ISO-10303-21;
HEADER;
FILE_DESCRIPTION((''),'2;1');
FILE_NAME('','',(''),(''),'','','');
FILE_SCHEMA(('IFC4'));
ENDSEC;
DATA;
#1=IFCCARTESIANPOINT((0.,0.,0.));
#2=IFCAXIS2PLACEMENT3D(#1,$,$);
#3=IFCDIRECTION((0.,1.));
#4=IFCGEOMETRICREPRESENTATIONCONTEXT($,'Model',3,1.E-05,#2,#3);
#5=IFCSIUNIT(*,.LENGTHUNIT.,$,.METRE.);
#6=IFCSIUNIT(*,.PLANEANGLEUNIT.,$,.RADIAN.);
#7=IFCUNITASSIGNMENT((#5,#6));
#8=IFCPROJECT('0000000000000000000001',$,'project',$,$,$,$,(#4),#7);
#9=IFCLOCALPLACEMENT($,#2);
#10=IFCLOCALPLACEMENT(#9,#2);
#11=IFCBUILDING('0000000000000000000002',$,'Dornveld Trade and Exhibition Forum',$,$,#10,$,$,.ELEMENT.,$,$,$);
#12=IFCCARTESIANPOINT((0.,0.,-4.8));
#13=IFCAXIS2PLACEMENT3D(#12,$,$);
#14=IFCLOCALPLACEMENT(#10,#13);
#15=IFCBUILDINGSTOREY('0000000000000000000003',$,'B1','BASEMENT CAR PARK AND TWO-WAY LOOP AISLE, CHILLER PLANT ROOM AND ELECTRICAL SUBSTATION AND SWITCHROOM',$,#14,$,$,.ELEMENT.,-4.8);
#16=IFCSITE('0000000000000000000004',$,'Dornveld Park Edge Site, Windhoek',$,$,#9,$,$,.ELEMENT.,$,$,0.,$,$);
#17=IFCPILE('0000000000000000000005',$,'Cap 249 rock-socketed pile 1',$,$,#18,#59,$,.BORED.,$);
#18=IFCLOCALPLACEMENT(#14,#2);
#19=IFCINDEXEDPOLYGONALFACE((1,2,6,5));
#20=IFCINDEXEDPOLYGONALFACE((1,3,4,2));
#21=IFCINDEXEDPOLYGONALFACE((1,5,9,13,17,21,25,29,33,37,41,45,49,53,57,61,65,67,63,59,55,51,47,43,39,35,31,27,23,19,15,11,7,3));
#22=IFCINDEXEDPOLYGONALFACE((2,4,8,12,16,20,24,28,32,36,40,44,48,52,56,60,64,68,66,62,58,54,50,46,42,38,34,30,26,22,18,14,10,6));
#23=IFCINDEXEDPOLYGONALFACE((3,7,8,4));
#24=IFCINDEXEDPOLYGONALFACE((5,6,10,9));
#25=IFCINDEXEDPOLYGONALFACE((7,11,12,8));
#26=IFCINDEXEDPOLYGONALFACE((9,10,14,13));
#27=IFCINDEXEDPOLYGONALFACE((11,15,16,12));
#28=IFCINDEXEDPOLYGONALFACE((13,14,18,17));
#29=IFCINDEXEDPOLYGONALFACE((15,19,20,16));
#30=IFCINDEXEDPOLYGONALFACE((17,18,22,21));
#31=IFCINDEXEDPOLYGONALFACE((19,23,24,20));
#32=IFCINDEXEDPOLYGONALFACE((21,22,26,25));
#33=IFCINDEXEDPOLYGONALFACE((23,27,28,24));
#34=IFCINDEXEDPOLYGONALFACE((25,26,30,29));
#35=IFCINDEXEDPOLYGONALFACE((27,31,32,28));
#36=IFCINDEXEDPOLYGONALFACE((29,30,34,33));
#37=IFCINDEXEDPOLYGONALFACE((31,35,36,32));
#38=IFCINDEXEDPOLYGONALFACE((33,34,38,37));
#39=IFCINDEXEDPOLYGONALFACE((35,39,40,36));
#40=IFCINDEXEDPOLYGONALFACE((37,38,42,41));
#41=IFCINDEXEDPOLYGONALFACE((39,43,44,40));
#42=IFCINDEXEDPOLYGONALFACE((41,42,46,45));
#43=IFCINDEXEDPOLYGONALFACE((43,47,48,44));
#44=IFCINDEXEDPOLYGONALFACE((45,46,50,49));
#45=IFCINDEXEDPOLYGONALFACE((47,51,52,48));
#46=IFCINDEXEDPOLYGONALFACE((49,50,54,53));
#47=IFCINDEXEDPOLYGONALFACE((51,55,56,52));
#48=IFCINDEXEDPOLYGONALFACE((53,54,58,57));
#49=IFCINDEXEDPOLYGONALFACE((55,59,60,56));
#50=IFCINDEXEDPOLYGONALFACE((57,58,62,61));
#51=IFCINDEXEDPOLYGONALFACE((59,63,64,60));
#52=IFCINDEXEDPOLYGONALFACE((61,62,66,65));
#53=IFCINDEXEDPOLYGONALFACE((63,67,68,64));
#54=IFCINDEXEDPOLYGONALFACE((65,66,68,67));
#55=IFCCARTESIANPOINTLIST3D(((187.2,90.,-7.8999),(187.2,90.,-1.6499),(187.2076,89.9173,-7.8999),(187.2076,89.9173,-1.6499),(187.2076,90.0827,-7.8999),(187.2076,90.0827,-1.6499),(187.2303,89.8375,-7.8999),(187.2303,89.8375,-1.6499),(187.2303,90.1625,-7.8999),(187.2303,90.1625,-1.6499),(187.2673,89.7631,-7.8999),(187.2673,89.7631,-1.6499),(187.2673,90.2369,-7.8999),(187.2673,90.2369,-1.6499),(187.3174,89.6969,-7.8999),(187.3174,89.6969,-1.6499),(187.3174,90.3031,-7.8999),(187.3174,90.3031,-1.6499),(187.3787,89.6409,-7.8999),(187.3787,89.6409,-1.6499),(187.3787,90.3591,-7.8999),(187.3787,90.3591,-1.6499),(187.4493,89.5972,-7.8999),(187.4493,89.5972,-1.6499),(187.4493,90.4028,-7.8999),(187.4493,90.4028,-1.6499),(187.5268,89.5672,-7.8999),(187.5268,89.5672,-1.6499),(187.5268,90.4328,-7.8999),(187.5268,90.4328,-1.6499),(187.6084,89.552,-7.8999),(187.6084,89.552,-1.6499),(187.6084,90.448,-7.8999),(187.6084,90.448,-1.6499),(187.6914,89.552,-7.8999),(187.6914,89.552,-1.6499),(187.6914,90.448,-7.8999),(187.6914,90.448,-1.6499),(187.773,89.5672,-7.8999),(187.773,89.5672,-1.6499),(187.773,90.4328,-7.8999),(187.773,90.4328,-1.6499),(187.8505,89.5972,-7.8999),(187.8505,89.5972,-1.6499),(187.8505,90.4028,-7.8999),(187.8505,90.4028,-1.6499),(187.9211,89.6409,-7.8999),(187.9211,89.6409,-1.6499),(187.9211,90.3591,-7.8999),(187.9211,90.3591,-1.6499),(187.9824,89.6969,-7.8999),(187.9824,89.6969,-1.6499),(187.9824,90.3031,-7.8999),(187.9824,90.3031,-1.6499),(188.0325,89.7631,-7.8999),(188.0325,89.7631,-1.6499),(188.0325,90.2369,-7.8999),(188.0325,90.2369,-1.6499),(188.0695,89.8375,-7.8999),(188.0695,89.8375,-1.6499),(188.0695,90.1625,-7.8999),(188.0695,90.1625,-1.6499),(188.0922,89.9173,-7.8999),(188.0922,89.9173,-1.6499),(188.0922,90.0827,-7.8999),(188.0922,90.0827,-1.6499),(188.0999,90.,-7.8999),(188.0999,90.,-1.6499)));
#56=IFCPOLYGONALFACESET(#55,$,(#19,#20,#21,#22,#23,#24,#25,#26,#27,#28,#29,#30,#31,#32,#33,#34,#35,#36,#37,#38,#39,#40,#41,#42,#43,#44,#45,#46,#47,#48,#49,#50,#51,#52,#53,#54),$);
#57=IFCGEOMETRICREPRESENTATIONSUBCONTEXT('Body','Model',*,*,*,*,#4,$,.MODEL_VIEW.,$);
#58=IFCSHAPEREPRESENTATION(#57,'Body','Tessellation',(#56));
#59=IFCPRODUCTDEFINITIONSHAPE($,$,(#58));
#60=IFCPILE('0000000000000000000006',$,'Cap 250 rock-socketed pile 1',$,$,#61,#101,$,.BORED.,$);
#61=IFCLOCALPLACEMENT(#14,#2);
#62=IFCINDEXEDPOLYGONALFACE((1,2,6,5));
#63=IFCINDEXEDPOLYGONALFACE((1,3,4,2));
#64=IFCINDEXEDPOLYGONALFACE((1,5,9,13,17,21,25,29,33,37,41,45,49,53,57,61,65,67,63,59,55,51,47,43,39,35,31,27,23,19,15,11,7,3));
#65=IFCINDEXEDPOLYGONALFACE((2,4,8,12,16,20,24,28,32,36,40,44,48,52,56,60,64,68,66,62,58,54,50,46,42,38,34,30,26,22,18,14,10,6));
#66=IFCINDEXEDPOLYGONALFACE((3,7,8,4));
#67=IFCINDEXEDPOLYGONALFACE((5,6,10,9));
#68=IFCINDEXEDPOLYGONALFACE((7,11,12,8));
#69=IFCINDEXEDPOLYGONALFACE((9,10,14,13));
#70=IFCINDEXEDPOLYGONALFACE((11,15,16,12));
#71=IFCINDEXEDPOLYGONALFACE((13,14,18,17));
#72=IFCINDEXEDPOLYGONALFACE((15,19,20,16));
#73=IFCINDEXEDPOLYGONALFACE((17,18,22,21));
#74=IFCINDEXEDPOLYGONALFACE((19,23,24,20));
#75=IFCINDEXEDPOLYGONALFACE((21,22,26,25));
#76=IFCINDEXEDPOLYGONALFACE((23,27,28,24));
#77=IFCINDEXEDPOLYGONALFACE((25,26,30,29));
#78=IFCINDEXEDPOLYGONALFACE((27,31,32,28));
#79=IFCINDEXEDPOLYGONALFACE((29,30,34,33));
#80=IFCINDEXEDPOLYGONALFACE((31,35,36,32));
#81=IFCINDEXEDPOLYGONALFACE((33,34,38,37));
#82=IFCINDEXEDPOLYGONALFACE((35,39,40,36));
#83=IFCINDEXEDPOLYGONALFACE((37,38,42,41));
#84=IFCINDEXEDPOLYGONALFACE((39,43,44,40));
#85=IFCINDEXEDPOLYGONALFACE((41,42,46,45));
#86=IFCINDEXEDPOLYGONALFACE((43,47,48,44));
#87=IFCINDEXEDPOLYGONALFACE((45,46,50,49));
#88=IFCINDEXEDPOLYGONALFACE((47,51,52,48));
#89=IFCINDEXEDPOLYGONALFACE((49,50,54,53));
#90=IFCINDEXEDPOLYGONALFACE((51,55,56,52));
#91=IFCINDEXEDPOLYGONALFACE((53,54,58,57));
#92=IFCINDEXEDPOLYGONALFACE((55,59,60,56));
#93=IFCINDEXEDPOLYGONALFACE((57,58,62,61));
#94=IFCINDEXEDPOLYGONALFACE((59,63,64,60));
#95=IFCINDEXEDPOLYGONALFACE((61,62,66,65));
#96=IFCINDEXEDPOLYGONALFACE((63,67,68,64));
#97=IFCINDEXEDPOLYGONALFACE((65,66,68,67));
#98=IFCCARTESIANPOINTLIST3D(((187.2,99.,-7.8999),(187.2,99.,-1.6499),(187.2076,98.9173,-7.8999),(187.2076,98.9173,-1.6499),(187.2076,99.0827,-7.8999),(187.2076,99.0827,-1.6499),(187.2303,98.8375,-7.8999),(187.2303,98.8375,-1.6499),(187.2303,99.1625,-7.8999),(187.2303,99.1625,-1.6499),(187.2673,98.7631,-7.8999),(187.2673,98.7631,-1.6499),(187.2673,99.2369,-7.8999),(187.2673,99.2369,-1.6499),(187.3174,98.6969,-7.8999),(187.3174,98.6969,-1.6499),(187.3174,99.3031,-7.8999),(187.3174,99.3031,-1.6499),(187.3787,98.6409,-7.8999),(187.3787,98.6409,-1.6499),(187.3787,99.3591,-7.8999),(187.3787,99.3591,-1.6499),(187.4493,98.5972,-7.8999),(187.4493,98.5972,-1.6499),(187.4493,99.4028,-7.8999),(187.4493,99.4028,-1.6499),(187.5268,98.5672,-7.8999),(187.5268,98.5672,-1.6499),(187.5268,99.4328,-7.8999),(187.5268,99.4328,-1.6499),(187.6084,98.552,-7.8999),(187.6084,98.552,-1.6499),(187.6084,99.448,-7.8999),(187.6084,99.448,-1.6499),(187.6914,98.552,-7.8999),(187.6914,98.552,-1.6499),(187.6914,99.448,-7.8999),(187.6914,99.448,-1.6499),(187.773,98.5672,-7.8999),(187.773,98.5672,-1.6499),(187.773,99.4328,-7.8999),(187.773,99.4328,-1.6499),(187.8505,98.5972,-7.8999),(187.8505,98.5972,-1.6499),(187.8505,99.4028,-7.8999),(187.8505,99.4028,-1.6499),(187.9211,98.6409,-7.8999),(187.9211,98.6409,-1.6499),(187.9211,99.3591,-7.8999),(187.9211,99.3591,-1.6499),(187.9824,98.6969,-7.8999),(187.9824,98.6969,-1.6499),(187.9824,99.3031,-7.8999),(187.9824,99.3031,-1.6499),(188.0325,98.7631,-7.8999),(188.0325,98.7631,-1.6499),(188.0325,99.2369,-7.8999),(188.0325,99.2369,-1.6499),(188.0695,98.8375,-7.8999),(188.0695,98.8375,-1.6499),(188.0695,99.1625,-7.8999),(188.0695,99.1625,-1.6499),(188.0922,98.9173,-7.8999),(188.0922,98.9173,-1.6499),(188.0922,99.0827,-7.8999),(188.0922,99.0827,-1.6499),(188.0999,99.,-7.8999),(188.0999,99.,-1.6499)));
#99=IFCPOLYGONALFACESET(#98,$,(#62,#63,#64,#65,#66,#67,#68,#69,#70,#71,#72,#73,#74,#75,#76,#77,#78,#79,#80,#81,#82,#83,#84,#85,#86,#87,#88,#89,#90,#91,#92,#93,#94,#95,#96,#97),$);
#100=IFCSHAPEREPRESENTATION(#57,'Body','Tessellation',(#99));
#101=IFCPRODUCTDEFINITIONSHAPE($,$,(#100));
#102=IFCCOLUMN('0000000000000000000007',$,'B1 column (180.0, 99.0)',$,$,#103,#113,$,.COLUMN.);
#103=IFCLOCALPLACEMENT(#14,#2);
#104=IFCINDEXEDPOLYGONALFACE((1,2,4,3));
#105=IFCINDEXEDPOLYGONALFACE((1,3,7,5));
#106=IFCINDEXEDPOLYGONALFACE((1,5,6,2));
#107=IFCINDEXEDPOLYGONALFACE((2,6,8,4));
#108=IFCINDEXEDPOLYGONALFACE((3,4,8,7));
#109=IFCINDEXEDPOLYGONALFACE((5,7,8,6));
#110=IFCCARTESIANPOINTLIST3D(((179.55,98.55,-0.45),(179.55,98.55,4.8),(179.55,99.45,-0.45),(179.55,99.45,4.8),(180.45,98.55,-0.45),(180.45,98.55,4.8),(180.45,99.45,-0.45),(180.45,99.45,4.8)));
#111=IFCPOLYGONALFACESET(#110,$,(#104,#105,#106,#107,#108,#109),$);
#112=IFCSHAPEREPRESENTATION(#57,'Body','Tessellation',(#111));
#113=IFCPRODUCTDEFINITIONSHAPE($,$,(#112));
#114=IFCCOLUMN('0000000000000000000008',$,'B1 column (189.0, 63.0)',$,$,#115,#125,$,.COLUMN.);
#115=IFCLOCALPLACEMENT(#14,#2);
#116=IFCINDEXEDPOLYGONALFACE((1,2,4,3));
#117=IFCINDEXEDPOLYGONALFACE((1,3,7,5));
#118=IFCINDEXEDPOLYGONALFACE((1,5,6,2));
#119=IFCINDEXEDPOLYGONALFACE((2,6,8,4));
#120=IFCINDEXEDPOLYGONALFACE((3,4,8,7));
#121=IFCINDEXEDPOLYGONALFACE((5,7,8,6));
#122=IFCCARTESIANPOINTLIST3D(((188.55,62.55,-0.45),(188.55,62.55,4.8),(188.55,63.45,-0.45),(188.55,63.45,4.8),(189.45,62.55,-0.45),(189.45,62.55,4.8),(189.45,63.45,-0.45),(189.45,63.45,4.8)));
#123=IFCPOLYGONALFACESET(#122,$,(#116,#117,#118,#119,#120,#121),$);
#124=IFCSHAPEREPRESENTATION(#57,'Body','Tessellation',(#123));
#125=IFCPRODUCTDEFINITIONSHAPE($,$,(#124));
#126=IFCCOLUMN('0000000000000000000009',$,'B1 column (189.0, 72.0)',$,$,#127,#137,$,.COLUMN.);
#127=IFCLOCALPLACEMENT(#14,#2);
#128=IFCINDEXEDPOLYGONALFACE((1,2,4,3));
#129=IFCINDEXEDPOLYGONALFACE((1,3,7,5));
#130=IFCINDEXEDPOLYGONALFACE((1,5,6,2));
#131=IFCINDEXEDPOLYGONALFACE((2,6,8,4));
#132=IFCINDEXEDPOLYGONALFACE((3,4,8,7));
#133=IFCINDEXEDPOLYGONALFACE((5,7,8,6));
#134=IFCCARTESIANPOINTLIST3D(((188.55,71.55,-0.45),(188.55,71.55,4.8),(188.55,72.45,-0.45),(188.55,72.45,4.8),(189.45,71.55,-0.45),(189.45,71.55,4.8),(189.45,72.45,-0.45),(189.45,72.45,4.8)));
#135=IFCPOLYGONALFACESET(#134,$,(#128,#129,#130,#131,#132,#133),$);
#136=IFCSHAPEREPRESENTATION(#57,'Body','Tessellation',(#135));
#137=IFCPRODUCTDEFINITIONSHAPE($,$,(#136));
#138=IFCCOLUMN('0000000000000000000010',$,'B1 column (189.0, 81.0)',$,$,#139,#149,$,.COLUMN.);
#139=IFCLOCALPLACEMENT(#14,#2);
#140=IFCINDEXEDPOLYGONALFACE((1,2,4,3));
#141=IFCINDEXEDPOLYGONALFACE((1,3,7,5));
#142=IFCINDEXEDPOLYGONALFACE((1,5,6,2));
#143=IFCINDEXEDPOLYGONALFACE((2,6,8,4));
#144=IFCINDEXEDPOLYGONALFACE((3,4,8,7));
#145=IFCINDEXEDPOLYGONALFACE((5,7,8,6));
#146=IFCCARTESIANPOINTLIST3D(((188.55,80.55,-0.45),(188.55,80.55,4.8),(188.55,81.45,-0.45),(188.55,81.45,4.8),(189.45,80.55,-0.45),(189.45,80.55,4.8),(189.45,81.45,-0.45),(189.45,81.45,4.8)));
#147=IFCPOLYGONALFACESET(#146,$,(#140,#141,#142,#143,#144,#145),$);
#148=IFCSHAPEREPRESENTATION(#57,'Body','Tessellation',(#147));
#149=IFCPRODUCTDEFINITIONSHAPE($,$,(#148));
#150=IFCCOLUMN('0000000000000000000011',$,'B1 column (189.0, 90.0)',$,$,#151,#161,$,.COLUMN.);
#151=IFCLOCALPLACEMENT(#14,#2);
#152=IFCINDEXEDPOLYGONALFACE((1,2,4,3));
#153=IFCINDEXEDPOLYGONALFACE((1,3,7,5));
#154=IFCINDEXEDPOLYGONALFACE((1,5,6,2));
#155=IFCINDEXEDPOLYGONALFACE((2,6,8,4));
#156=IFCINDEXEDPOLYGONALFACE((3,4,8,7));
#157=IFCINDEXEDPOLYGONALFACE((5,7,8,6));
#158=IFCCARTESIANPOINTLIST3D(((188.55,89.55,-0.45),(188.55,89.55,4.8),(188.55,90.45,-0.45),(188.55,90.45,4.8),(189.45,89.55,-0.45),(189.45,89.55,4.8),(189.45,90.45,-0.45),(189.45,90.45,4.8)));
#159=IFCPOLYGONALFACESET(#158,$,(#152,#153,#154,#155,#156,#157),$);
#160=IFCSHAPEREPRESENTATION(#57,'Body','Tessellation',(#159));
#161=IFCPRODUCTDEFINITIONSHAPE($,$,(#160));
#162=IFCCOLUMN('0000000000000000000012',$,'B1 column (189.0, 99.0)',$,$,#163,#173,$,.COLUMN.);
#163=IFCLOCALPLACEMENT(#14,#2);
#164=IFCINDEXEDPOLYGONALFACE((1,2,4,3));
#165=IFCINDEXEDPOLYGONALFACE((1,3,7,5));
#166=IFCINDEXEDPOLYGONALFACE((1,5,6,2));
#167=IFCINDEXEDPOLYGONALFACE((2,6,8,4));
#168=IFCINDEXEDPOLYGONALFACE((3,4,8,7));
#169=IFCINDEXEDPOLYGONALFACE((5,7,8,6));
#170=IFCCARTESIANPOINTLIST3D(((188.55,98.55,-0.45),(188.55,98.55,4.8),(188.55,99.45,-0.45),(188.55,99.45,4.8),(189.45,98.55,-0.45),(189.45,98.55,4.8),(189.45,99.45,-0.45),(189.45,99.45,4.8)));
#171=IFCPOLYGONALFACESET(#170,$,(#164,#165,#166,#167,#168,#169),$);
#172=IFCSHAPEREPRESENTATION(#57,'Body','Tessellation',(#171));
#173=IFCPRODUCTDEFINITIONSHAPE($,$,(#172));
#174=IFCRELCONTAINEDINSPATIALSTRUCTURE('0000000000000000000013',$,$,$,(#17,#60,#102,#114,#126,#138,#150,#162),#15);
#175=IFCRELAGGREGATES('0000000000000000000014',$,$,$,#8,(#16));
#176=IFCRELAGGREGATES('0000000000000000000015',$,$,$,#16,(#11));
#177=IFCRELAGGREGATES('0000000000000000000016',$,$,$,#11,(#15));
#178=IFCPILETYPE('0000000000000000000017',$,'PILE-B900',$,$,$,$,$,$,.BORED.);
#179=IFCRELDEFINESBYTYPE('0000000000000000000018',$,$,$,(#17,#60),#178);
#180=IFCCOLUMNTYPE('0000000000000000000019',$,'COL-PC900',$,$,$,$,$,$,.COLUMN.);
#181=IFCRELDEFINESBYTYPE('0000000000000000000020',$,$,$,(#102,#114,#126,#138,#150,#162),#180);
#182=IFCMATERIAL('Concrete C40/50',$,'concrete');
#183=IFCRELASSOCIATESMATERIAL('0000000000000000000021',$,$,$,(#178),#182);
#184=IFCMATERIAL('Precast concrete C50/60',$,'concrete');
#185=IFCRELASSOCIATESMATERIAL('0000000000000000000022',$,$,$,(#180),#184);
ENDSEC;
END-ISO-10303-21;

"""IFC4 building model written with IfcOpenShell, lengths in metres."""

from ifc_helpers import new_model, si_unit, direction, frame, origin, origin_2d, place, context, subcontext, project, spatial, rectangle, circle, extrude, material, material_profile, profile_set, type_object, element, save


model = new_model("IFC4")

# Units and contexts
model_context = context("Model", 3, precision=1e-05, world=origin(), true_north=direction((0.0, 1.0)))
body_context = subcontext(model_context, "Body", "Model", "MODEL_VIEW")
ifc_project = project(units=[si_unit("LENGTHUNIT", "METRE"), si_unit("PLANEANGLEUNIT", "RADIAN")], contexts=[model_context])

# Site, building, storey
site_placement = place(None, origin())
site = spatial("IfcSite", under=ifc_project, at=site_placement, Name="Dornveld Park Edge Site, Windhoek", CompositionType="ELEMENT", RefElevation=0.0)
building_placement = place(site_placement, origin())
building = spatial("IfcBuilding", under=site, at=building_placement, Name="Dornveld Trade and Exhibition Forum", CompositionType="ELEMENT")
storey_placement = place(building_placement, frame((0.0, 0.0, -4.8)))
storey = spatial("IfcBuildingStorey", under=building, at=storey_placement, Name="B1", Description="BASEMENT CAR PARK AND TWO-WAY LOOP AISLE, CHILLER PLANT ROOM AND ELECTRICAL SUBSTATION AND SWITCHROOM", CompositionType="ELEMENT", Elevation=-4.8)

# Piles
ifc_material_1 = material(Name="Concrete C40/50", Category="concrete")
ifc_material_profile_1 = material_profile(ifc_material_1, circle(Radius=0.45, at=origin_2d()), Name="PILE D900")
ifc_profile_set_1 = profile_set([ifc_material_profile_1], Name="Concrete C40/50")
pile_type = type_object("IfcPileType", Name="PILE-B900", PredefinedType="BORED", material=ifc_profile_set_1)
for number, where, z_axis, x_axis, name in (
    (1, (187.6499, 90.0, -1.6499), (0.0, 0.0, -1.0), (1.0, 0.0, 0.0), "Cap 249 rock-socketed pile 1"),
    (2, (187.6499, 99.0, -1.6499), (0.0, 0.0, -1.0), (1.0, 0.0, 0.0), "Cap 250 rock-socketed pile 1"),
):
    element("IfcPile", number, at=place(storey_placement, frame(where, z_axis=z_axis, x_axis=x_axis)), inside=storey, type_object=pile_type, Name=name, PredefinedType="BORED", context=body_context, shape_type="SweptSolid", body=[
        extrude(circle(Radius=0.45, at=origin_2d()), origin(), (0.0, 0.0, 1.0), 6.25),
    ])

# Columns
ifc_material_2 = material(Name="Precast concrete C50/60", Category="concrete")
ifc_material_profile_2 = material_profile(ifc_material_2, rectangle(XDim=0.8999, YDim=0.8999, at=origin_2d()), Name="PC-COL 900x900")
ifc_profile_set_2 = profile_set([ifc_material_profile_2], Name="Precast concrete C50/60")
column_type = type_object("IfcColumnType", Name="COL-PC900", PredefinedType="COLUMN", material=ifc_profile_set_2)
for number, where, z_axis, x_axis, name in (
    (3, (180.0, 99.0, -0.45), (0.0, 0.0, 1.0), (1.0, 0.0, 0.0), "B1 column (180.0, 99.0)"),
    (4, (189.0, 63.0, -0.45), (0.0, 0.0, 1.0), (1.0, 0.0, 0.0), "B1 column (189.0, 63.0)"),
    (5, (189.0, 72.0, -0.45), (0.0, 0.0, 1.0), (1.0, 0.0, 0.0), "B1 column (189.0, 72.0)"),
    (6, (189.0, 81.0, -0.45), (0.0, 0.0, 1.0), (1.0, 0.0, 0.0), "B1 column (189.0, 81.0)"),
    (7, (189.0, 90.0, -0.45), (0.0, 0.0, 1.0), (1.0, 0.0, 0.0), "B1 column (189.0, 90.0)"),
    (8, (189.0, 99.0, -0.45), (0.0, 0.0, 1.0), (1.0, 0.0, 0.0), "B1 column (189.0, 99.0)"),
):
    element("IfcColumn", number, at=place(storey_placement, frame(where, z_axis=z_axis, x_axis=x_axis)), inside=storey, type_object=column_type, Name=name, PredefinedType="COLUMN", context=body_context, shape_type="SweptSolid", body=[
        extrude(rectangle(XDim=0.8999, YDim=0.8999, at=origin_2d()), origin(), (0.0, 0.0, 1.0), 5.25),
    ])

save(model, "model.ifc")
